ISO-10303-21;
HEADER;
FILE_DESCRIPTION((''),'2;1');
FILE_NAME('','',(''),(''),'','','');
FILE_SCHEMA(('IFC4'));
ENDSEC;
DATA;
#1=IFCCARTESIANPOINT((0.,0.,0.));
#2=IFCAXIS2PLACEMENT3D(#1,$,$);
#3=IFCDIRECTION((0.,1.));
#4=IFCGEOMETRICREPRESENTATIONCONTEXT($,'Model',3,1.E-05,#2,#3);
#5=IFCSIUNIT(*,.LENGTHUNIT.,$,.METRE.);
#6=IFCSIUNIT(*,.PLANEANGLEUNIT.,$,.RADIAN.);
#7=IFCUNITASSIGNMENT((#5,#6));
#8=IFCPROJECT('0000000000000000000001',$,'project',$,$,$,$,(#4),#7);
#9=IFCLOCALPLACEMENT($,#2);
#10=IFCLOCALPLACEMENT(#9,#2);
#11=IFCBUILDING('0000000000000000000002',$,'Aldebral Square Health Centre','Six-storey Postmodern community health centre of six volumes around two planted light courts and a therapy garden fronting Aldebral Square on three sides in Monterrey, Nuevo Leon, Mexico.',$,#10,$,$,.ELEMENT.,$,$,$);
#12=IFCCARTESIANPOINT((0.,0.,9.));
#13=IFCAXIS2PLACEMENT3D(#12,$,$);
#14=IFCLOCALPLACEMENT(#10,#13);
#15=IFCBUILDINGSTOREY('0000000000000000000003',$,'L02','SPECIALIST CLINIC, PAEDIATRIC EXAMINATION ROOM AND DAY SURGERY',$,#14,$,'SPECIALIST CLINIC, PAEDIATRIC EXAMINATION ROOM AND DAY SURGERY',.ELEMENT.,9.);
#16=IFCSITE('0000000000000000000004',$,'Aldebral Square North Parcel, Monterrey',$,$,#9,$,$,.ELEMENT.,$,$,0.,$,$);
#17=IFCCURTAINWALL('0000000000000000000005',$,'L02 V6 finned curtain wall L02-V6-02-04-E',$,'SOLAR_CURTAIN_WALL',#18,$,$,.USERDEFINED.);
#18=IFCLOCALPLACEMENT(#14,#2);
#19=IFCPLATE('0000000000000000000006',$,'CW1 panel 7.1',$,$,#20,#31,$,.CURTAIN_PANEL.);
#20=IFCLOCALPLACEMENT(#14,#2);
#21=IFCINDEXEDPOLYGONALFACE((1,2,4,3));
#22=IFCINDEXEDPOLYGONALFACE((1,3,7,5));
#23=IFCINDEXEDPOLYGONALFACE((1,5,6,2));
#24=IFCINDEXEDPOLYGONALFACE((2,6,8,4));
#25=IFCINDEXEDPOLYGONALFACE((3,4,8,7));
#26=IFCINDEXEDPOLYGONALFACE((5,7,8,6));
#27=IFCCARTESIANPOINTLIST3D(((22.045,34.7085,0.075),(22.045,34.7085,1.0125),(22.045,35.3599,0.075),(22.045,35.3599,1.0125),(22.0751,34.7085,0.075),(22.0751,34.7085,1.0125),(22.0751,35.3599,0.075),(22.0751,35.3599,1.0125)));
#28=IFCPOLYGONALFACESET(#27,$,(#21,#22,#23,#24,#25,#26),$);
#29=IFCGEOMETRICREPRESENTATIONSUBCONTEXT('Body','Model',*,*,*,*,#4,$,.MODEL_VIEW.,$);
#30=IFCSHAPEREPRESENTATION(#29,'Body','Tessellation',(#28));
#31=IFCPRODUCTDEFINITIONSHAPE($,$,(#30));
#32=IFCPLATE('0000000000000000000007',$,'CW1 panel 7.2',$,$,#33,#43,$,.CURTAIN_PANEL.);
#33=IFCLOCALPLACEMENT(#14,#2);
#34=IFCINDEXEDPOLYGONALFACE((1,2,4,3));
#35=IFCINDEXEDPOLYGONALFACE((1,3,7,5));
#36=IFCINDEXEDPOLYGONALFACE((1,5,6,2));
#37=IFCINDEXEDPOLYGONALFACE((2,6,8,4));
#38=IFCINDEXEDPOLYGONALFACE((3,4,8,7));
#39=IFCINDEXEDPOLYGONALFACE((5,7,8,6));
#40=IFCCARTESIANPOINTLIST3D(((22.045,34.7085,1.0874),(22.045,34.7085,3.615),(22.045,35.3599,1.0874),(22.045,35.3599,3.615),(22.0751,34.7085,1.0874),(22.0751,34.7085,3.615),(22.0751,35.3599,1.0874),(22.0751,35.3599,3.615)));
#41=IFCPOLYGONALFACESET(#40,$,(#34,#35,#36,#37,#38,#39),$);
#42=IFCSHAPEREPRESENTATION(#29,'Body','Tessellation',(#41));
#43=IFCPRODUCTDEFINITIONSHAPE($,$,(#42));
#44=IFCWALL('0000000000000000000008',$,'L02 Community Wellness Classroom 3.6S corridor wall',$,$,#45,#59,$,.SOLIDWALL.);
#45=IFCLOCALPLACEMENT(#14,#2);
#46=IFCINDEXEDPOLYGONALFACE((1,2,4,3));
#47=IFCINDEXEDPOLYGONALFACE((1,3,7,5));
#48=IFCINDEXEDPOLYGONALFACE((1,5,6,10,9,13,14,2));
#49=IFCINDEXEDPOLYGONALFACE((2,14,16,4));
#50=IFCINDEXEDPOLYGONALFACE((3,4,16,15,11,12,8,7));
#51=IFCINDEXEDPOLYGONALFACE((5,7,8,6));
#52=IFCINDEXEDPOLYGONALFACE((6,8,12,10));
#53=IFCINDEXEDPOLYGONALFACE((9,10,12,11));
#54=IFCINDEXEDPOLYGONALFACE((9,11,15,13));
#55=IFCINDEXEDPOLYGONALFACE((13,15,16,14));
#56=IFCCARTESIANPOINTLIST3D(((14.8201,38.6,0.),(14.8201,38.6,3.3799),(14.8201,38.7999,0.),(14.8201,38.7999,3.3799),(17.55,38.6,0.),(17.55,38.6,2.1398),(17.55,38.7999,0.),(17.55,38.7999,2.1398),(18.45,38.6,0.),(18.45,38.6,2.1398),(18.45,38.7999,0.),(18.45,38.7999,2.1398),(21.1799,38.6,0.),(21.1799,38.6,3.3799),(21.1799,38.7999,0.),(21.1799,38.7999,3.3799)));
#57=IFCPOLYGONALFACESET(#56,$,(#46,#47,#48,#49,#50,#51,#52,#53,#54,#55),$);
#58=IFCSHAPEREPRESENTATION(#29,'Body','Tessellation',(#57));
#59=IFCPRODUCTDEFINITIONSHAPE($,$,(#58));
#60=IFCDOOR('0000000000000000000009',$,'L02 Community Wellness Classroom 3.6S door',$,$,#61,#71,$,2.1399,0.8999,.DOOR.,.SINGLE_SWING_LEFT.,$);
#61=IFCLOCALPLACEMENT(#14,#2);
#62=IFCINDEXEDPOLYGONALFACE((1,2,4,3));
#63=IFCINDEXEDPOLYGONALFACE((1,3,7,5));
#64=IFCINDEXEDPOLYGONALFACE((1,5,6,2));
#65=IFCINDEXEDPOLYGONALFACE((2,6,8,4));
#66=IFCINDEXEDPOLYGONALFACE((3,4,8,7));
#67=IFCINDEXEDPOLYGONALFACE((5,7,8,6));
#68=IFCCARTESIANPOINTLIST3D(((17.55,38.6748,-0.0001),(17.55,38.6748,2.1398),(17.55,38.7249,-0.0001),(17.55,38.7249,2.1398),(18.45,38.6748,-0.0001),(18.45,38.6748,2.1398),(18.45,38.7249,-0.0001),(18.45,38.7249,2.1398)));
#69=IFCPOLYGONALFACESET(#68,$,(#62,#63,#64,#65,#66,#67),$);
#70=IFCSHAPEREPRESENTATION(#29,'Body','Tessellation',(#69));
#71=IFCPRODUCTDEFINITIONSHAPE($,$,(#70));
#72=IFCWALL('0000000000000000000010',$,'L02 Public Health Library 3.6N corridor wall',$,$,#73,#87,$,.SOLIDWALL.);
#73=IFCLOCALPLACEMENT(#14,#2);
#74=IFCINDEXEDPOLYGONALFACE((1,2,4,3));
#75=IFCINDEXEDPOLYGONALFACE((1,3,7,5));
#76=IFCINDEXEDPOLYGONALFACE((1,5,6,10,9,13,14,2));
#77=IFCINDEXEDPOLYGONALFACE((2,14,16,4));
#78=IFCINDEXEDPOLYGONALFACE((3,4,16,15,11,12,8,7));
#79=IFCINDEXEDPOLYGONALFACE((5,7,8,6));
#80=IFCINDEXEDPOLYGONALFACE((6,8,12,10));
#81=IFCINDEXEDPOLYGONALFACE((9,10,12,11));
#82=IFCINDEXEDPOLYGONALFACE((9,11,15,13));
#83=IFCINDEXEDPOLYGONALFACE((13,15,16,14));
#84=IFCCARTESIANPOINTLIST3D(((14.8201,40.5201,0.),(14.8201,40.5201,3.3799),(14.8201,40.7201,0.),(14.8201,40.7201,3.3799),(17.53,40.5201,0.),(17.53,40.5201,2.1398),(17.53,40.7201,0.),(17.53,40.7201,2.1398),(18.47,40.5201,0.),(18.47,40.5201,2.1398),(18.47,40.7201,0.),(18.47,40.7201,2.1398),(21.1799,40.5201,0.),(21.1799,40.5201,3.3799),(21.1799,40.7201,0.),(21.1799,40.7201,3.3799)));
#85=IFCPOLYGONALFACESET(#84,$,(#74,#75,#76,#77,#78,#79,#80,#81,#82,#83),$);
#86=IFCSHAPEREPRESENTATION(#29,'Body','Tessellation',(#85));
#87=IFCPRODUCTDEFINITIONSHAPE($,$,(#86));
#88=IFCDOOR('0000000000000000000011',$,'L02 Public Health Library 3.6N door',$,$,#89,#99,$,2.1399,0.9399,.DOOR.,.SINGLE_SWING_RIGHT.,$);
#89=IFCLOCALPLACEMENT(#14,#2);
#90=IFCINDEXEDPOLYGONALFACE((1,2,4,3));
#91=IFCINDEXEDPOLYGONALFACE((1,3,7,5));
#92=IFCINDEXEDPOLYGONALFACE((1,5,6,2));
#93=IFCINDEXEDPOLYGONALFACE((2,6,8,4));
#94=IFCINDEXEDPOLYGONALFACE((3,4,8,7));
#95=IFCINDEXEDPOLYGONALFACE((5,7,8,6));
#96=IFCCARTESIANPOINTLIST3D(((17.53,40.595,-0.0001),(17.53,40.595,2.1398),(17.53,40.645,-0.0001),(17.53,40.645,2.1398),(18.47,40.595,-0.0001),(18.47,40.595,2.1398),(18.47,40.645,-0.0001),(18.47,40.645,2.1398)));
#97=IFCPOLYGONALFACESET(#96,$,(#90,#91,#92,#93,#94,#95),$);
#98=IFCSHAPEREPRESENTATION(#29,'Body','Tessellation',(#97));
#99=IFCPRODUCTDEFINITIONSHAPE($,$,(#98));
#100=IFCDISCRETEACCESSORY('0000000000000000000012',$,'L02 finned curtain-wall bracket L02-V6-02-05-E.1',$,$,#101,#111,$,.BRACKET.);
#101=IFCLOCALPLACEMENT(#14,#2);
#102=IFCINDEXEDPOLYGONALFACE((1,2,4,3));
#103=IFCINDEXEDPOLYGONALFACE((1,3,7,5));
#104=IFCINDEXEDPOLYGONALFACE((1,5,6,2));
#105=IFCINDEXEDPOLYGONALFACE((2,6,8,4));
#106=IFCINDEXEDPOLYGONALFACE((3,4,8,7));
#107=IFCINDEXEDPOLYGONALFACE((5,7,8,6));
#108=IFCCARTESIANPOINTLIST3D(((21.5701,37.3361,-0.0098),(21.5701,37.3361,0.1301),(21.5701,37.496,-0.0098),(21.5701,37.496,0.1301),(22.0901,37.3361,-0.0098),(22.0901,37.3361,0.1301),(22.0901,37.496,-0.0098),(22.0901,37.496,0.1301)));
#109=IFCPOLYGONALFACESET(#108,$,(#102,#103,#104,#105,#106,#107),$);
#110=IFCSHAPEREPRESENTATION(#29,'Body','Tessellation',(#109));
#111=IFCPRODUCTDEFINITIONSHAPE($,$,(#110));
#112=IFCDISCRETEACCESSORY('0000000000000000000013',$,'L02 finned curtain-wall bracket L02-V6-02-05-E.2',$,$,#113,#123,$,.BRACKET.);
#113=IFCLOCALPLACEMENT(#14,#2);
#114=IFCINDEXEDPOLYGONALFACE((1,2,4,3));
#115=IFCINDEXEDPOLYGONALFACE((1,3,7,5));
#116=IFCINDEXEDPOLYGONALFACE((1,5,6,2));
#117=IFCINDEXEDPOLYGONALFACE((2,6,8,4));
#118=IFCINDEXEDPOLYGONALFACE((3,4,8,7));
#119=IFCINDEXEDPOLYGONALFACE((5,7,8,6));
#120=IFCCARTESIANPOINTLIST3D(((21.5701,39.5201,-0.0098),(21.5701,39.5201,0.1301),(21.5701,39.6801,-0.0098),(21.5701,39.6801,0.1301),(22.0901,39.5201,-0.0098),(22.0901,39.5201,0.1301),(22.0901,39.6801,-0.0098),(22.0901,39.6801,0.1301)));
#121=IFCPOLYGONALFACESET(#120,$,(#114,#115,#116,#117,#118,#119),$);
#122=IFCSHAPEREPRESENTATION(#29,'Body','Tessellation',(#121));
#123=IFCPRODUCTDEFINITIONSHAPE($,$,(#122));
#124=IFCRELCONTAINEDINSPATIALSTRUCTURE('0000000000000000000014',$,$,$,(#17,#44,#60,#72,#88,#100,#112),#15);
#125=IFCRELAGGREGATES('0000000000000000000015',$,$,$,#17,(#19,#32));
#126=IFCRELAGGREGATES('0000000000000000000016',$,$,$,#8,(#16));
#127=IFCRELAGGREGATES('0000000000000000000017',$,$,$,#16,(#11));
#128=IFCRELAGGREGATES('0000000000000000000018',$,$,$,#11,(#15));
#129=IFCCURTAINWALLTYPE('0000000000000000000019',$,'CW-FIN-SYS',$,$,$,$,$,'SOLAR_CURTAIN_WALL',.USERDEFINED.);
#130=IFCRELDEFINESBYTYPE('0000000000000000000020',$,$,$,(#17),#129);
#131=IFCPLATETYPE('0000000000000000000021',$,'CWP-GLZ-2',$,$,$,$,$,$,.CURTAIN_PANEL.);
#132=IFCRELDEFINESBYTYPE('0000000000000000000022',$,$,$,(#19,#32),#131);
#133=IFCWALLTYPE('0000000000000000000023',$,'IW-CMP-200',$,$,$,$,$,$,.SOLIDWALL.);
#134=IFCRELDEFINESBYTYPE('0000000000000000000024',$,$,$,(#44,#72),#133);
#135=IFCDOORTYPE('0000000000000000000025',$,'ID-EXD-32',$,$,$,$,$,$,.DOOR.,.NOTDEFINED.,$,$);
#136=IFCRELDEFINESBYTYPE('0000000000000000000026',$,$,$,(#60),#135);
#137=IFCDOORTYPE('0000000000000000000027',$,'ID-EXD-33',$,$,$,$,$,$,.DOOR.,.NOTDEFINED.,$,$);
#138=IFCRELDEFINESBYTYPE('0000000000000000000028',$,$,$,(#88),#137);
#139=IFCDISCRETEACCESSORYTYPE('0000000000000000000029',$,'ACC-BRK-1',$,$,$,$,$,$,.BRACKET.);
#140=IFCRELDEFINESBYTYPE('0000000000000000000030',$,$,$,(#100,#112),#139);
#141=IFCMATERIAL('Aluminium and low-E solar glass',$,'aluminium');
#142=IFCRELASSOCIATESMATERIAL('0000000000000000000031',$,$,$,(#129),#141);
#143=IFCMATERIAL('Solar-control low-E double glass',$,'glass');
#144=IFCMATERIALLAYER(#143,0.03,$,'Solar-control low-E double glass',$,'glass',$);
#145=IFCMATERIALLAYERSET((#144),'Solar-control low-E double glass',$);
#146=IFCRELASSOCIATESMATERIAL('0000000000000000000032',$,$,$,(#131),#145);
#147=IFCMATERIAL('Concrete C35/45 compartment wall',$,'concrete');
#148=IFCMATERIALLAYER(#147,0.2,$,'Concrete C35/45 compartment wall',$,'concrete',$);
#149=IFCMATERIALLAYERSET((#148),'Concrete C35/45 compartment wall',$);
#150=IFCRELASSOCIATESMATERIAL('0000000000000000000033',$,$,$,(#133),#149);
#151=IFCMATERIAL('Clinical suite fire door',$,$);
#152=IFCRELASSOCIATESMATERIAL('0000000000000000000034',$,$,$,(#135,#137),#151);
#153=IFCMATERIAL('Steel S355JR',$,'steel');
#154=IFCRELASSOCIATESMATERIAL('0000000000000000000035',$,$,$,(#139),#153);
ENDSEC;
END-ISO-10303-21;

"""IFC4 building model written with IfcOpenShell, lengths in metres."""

from ifc_helpers import new_model, si_unit, direction, frame, frame_2d, origin, origin_2d, place, context, subcontext, project, spatial, rectangle, extrude, material, layer, layer_set, type_object, element, fill, aggregate, save


model = new_model("IFC4")

# Units and contexts
model_context = context("Model", 3, precision=1e-05, world=origin(), true_north=direction((0.0, 1.0)))
body_context = subcontext(model_context, "Body", "Model", "MODEL_VIEW")
ifc_project = project(units=[si_unit("LENGTHUNIT", "METRE"), si_unit("PLANEANGLEUNIT", "RADIAN")], contexts=[model_context])

# Site, building, storey
site_placement = place(None, origin())
site = spatial("IfcSite", under=ifc_project, at=site_placement, Name="Aldebral Square North Parcel, Monterrey", CompositionType="ELEMENT", RefElevation=0.0)
building_placement = place(site_placement, origin())
building = spatial("IfcBuilding", under=site, at=building_placement, Name="Aldebral Square Health Centre", Description="Six-storey Postmodern community health centre of six volumes around two planted light courts and a therapy garden fronting Aldebral Square on three sides in Monterrey, Nuevo Leon, Mexico.", CompositionType="ELEMENT")
storey_placement = place(building_placement, frame((0.0, 0.0, 9.0)))
storey = spatial("IfcBuildingStorey", under=building, at=storey_placement, Name="L02", Description="SPECIALIST CLINIC, PAEDIATRIC EXAMINATION ROOM AND DAY SURGERY", LongName="SPECIALIST CLINIC, PAEDIATRIC EXAMINATION ROOM AND DAY SURGERY", CompositionType="ELEMENT", Elevation=9.0)

# Curtain wall
ifc_material_1 = material(Name="Aluminium and low-E solar glass", Category="aluminium")
curtain_wall_type = type_object("IfcCurtainWallType", Name="CW-FIN-SYS", ElementType="SOLAR_CURTAIN_WALL", PredefinedType="USERDEFINED", material=ifc_material_1)
curtain_wall_1_placement = place(storey_placement, origin())
curtain_wall_1 = element("IfcCurtainWall", 1, at=curtain_wall_1_placement, inside=storey, type_object=curtain_wall_type, Name="L02 V6 finned curtain wall L02-V6-02-04-E", ObjectType="SOLAR_CURTAIN_WALL", PredefinedType="USERDEFINED")

# Plates
ifc_material_2 = material(Name="Solar-control low-E double glass", Category="glass")
ifc_layer_1 = layer(ifc_material_2, 0.03, Name="Solar-control low-E double glass", Category="glass")
ifc_layer_set_1 = layer_set([ifc_layer_1], Name="Solar-control low-E double glass")
plate_type = type_object("IfcPlateType", Name="CWP-GLZ-2", PredefinedType="CURTAIN_PANEL", material=ifc_layer_set_1)
plate_1_placement = place(storey_placement, frame((22.0601, 35.0342, 0.075), z_axis=(0.0, 0.0, 1.0), x_axis=(0.0, 1.0, 0.0)))
plate_1 = element("IfcPlate", 2, at=plate_1_placement, type_object=plate_type, Name="CW1 panel 7.1", PredefinedType="CURTAIN_PANEL", context=body_context, shape_type="SweptSolid", body=[
    extrude(rectangle(XDim=0.6514, YDim=0.03, at=origin_2d()), origin(), (0.0, 0.0, 1.0), 0.9375),
])
plate_2_placement = place(storey_placement, frame((22.0601, 35.0342, 1.0874), z_axis=(0.0, 0.0, 1.0), x_axis=(0.0, 1.0, 0.0)))
plate_2 = element("IfcPlate", 3, at=plate_2_placement, type_object=plate_type, Name="CW1 panel 7.2", PredefinedType="CURTAIN_PANEL", context=body_context, shape_type="SweptSolid", body=[
    extrude(rectangle(XDim=0.6514, YDim=0.03, at=origin_2d()), origin(), (0.0, 0.0, 1.0), 2.5276),
])
aggregate(curtain_wall_1, [plate_1, plate_2])

# Walls, openings, doors
ifc_material_3 = material(Name="Concrete C35/45 compartment wall", Category="concrete")
ifc_layer_2 = layer(ifc_material_3, 0.2, Name="Concrete C35/45 compartment wall", Category="concrete")
ifc_layer_set_2 = layer_set([ifc_layer_2], Name="Concrete C35/45 compartment wall")
wall_type = type_object("IfcWallType", Name="IW-CMP-200", PredefinedType="SOLIDWALL", material=ifc_layer_set_2)
wall_1_placement = place(storey_placement, frame((14.8201, 38.7, 0.0), z_axis=(0.0, 0.0, 1.0), x_axis=(1.0, 0.0, 0.0)))
wall_1 = element("IfcWall", 4, at=wall_1_placement, inside=storey, type_object=wall_type, Name="L02 Community Wellness Classroom 3.6S corridor wall", PredefinedType="SOLIDWALL", context=body_context, shape_type="SweptSolid", body=[
    extrude(rectangle(XDim=6.3599, YDim=0.2, at=frame_2d((3.1799, 0.0))), origin(), (0.0, 0.0, 1.0), 3.3799),
])
opening_1_placement = place(wall_1_placement, frame((2.73, 0.0, 0.0)))
opening_1 = element("IfcOpeningElement", 5, at=opening_1_placement, cuts=wall_1, PredefinedType="OPENING", context=body_context, shape_type="SweptSolid", body=[
    extrude(rectangle(XDim=0.8999, YDim=2.1399, at=frame_2d((0.45, 1.0698))), frame((0.0, 0.1099, 0.0), z_axis=(0.0, -1.0, 0.0), x_axis=(1.0, 0.0, 0.0)), (0.0, 0.0, 1.0), 0.22),
])
ifc_material_4 = material(Name="Clinical suite fire door")
door_type_1 = type_object("IfcDoorType", Name="ID-EXD-32", OperationType="NOTDEFINED", PredefinedType="DOOR", material=ifc_material_4)
door_1_placement = place(opening_1_placement, origin())
door_1 = element("IfcDoor", 6, at=door_1_placement, inside=storey, type_object=door_type_1, Name="L02 Community Wellness Classroom 3.6S door", OperationType="SINGLE_SWING_LEFT", OverallHeight=2.1399, OverallWidth=0.8999, PredefinedType="DOOR", context=body_context, shape_type="SweptSolid", body=[
    extrude(rectangle(XDim=0.8999, YDim=2.1399, at=frame_2d((0.45, 1.0698))), frame((0.0, 0.0249, 0.0), z_axis=(0.0, -1.0, 0.0), x_axis=(1.0, 0.0, 0.0)), (0.0, 0.0, 1.0), 0.05),
])
fill(opening_1, door_1)
wall_2_placement = place(storey_placement, frame((14.8201, 40.6201, 0.0), z_axis=(0.0, 0.0, 1.0), x_axis=(1.0, 0.0, 0.0)))
wall_2 = element("IfcWall", 7, at=wall_2_placement, inside=storey, type_object=wall_type, Name="L02 Public Health Library 3.6N corridor wall", PredefinedType="SOLIDWALL", context=body_context, shape_type="SweptSolid", body=[
    extrude(rectangle(XDim=6.3599, YDim=0.2, at=frame_2d((3.1799, 0.0))), origin(), (0.0, 0.0, 1.0), 3.3799),
])
opening_2_placement = place(wall_2_placement, frame((2.71, 0.0, 0.0)))
opening_2 = element("IfcOpeningElement", 8, at=opening_2_placement, cuts=wall_2, PredefinedType="OPENING", context=body_context, shape_type="SweptSolid", body=[
    extrude(rectangle(XDim=0.9399, YDim=2.1399, at=frame_2d((0.47, 1.0698))), frame((0.0, 0.1099, 0.0), z_axis=(0.0, -1.0, 0.0), x_axis=(1.0, 0.0, 0.0)), (0.0, 0.0, 1.0), 0.22),
])
door_type_2 = type_object("IfcDoorType", Name="ID-EXD-33", OperationType="NOTDEFINED", PredefinedType="DOOR", material=ifc_material_4)
door_2_placement = place(opening_2_placement, origin())
door_2 = element("IfcDoor", 9, at=door_2_placement, inside=storey, type_object=door_type_2, Name="L02 Public Health Library 3.6N door", OperationType="SINGLE_SWING_RIGHT", OverallHeight=2.1399, OverallWidth=0.9399, PredefinedType="DOOR", context=body_context, shape_type="SweptSolid", body=[
    extrude(rectangle(XDim=0.9399, YDim=2.1399, at=frame_2d((0.47, 1.0698))), frame((0.0, 0.0249, 0.0), z_axis=(0.0, -1.0, 0.0), x_axis=(1.0, 0.0, 0.0)), (0.0, 0.0, 1.0), 0.05),
])
fill(opening_2, door_2)

# Discrete accessories
ifc_material_5 = material(Name="Steel S355JR", Category="steel")
discrete_accessory_type = type_object("IfcDiscreteAccessoryType", Name="ACC-BRK-1", PredefinedType="BRACKET", material=ifc_material_5)
for number, where, z_axis, x_axis, name in (
    (10, (21.8301, 37.416, -0.0098), (0.0, 0.0, 1.0), (0.0, 1.0, 0.0), "L02 finned curtain-wall bracket L02-V6-02-05-E.1"),
    (11, (21.8301, 39.6001, -0.0098), (0.0, 0.0, 1.0), (0.0, 1.0, 0.0), "L02 finned curtain-wall bracket L02-V6-02-05-E.2"),
):
    element("IfcDiscreteAccessory", number, at=place(storey_placement, frame(where, z_axis=z_axis, x_axis=x_axis)), inside=storey, type_object=discrete_accessory_type, Name=name, PredefinedType="BRACKET", context=body_context, shape_type="SweptSolid", body=[
        extrude(rectangle(XDim=0.1599, YDim=0.52, at=origin_2d()), origin(), (0.0, 0.0, 1.0), 0.1399),
    ])

save(model, "model.ifc")
